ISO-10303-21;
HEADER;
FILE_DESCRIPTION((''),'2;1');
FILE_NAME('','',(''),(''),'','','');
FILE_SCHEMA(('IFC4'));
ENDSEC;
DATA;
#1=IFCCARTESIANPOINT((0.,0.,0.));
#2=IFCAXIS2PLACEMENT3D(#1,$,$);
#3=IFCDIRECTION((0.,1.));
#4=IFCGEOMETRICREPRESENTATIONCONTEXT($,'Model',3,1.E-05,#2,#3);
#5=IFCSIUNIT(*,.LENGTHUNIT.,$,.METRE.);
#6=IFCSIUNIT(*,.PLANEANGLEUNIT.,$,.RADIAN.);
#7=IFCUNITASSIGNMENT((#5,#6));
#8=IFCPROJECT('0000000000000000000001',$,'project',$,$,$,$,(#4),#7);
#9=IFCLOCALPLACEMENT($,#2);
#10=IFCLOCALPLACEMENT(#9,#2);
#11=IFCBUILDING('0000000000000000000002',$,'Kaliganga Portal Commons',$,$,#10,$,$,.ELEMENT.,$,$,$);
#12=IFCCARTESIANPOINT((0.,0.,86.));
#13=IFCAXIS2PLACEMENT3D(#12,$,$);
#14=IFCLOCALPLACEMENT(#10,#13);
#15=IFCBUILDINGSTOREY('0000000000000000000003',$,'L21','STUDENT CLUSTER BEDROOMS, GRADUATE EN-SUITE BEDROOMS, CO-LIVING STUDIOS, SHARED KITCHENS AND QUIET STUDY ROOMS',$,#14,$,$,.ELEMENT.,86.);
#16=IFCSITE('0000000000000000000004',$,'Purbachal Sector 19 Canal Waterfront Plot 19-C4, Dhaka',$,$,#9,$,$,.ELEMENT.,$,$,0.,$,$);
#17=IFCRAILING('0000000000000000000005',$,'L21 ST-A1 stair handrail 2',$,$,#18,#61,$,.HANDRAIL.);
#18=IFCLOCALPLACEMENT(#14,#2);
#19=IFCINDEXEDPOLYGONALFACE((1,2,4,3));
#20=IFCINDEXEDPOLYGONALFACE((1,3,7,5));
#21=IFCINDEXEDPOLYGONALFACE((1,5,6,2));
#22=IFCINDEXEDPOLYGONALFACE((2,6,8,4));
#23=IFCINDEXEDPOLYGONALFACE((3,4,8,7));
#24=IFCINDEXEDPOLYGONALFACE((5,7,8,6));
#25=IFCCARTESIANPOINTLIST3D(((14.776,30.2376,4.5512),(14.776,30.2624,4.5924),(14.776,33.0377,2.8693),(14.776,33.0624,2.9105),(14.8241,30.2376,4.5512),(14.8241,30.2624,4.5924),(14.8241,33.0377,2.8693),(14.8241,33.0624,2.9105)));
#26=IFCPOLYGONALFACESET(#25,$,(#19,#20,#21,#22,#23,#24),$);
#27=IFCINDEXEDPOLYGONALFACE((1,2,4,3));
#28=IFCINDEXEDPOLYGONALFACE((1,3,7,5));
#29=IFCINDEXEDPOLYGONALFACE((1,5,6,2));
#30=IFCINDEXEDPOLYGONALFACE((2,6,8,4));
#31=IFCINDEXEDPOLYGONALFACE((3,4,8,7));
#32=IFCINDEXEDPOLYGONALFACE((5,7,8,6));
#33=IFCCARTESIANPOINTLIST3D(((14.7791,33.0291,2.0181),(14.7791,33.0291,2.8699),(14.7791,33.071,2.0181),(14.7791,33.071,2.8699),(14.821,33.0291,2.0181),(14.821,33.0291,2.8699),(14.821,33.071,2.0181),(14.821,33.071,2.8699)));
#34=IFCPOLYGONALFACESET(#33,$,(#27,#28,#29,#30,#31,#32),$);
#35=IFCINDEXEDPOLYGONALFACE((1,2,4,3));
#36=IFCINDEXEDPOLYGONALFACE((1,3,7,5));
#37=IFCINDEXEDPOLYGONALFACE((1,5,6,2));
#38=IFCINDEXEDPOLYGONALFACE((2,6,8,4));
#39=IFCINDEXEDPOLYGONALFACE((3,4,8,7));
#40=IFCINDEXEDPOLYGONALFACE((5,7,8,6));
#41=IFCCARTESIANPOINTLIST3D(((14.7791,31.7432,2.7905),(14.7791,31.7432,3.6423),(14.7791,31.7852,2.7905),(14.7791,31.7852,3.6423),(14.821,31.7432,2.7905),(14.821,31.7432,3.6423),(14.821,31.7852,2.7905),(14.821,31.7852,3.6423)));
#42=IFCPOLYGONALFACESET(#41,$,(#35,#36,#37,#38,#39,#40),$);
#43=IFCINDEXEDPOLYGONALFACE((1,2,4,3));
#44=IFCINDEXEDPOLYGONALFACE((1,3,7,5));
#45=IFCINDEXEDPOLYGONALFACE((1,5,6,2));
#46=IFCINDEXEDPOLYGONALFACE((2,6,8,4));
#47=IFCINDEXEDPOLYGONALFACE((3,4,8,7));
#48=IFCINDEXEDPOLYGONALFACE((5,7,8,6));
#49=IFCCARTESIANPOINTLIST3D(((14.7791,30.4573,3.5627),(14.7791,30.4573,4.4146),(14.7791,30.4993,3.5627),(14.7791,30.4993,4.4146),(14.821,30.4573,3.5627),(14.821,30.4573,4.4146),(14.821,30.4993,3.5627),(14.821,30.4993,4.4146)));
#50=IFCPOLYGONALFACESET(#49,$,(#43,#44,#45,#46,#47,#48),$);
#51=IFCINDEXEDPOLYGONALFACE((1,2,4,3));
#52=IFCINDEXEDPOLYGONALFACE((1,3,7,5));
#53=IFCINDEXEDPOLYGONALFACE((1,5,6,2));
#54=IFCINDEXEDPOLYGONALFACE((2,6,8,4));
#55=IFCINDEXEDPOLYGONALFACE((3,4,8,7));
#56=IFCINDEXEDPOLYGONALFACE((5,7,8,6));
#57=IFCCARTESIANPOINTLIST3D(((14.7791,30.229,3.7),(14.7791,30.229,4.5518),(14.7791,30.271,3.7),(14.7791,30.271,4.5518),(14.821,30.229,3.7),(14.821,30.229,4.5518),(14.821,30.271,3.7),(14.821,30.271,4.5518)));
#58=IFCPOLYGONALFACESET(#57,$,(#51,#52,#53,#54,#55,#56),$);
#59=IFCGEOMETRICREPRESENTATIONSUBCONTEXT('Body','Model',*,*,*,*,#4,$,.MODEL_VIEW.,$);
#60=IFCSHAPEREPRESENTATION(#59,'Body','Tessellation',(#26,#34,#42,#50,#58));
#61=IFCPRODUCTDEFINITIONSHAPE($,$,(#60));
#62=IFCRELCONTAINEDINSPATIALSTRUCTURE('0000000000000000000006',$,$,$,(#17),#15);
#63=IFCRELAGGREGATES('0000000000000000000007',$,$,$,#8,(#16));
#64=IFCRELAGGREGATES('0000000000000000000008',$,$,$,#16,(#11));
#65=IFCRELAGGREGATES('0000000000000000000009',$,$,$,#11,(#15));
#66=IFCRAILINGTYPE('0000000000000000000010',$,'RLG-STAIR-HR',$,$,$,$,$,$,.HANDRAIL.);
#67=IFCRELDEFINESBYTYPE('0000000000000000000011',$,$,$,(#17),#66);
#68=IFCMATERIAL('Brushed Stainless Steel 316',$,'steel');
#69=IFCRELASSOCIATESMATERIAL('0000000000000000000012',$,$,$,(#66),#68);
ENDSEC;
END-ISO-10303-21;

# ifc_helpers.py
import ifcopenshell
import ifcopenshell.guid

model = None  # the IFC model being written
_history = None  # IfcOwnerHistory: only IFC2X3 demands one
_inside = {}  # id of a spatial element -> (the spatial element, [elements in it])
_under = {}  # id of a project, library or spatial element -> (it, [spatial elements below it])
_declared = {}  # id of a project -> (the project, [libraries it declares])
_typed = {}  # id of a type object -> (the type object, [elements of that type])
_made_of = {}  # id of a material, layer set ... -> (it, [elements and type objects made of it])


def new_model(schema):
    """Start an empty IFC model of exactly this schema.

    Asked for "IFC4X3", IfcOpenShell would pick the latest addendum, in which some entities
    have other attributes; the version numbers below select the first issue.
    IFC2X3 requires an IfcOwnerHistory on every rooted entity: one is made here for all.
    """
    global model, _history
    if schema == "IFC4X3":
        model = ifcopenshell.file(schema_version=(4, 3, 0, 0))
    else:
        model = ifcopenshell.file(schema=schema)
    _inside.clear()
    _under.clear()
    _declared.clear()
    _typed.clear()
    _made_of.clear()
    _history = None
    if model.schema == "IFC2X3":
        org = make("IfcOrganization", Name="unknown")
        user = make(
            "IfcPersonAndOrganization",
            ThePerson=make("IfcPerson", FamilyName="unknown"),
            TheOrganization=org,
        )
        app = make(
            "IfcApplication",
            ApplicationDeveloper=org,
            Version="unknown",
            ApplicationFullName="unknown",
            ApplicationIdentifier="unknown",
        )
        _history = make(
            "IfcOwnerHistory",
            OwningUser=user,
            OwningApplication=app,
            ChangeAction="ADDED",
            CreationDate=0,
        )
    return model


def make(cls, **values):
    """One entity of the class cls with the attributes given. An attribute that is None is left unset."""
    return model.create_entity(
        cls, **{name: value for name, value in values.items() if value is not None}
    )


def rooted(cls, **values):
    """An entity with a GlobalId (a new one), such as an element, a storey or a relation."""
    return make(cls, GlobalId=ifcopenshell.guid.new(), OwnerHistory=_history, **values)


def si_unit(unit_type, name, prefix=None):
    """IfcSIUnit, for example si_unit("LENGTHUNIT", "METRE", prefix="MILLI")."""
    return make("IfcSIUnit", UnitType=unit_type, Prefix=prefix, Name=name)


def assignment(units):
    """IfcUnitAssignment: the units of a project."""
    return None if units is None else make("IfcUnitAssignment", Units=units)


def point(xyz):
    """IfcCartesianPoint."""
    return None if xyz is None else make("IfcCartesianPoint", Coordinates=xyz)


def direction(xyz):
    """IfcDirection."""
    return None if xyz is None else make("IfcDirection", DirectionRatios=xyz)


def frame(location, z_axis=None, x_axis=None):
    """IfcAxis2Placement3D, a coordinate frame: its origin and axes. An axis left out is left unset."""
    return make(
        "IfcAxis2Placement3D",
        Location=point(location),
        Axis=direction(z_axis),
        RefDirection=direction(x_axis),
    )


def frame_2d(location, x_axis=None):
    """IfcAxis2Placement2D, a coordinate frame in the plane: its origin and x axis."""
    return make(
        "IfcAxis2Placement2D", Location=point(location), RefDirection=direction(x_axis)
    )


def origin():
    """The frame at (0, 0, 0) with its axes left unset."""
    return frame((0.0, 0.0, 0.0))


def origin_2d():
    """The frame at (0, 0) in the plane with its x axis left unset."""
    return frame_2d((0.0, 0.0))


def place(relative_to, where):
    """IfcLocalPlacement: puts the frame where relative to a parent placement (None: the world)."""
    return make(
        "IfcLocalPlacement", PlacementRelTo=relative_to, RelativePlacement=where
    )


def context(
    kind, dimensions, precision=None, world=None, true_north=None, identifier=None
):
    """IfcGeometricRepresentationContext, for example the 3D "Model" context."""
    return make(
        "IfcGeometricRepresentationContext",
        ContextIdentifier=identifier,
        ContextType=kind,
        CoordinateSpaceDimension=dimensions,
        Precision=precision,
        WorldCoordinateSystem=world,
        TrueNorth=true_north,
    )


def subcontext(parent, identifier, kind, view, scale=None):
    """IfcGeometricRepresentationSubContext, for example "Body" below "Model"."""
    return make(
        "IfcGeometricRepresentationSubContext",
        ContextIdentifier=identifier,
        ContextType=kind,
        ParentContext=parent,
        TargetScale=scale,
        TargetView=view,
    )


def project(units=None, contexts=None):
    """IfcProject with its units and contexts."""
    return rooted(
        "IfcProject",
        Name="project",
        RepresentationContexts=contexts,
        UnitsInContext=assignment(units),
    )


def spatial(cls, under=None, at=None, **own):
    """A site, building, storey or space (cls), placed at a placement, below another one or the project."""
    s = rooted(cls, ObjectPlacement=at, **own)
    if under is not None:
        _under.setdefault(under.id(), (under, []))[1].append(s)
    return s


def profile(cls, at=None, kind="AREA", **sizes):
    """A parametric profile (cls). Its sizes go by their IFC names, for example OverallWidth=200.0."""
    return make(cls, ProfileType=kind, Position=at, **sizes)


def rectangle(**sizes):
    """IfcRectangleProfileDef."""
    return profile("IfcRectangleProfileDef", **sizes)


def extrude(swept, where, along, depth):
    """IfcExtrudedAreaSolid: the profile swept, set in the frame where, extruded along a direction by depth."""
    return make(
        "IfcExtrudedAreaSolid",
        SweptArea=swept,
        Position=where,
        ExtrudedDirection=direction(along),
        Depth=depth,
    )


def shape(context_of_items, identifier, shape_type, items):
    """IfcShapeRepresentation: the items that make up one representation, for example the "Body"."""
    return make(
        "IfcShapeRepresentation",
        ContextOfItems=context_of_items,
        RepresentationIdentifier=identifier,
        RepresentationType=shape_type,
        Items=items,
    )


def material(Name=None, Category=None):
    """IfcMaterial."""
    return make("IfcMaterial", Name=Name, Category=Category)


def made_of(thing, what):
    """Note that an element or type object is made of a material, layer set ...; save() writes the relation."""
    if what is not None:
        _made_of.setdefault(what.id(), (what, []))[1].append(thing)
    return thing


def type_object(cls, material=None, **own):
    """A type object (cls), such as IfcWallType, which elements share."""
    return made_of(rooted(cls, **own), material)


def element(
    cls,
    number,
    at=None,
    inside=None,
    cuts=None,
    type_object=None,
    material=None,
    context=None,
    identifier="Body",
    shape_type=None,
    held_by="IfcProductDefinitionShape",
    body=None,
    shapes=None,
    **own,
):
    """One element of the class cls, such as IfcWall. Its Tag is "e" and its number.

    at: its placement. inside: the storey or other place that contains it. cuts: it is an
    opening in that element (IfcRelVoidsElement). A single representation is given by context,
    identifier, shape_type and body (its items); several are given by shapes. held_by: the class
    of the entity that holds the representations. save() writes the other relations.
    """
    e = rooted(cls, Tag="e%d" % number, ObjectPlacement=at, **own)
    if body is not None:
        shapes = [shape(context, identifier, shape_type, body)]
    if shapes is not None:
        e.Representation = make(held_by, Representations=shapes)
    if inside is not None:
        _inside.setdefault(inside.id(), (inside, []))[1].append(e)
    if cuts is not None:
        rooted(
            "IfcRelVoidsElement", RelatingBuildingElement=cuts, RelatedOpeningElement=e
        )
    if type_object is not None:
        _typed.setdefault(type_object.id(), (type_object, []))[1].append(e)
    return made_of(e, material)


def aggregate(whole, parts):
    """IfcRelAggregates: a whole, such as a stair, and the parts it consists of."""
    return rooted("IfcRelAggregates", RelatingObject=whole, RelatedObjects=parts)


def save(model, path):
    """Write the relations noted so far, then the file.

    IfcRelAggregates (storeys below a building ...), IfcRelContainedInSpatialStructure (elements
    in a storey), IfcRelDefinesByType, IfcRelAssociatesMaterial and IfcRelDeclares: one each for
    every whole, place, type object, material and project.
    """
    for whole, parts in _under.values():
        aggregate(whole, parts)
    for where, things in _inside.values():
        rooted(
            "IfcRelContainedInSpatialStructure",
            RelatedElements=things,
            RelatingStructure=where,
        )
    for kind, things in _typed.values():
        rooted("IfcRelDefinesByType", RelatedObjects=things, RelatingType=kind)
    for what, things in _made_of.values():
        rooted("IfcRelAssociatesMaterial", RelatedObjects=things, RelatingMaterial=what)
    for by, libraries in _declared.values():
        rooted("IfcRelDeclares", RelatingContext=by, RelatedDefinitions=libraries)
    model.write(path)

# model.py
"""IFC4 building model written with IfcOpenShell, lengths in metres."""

from ifc_helpers import new_model, si_unit, direction, frame, origin, origin_2d, place, context, subcontext, project, spatial, rectangle, extrude, material, type_object, element, save


model = new_model("IFC4")

# Units and contexts
model_context = context("Model", 3, precision=1e-05, world=origin(), true_north=direction((0.0, 1.0)))
body_context = subcontext(model_context, "Body", "Model", "MODEL_VIEW")
ifc_project = project(units=[si_unit("LENGTHUNIT", "METRE"), si_unit("PLANEANGLEUNIT", "RADIAN")], contexts=[model_context])

# Site, building, storey
site_placement = place(None, origin())
site = spatial("IfcSite", under=ifc_project, at=site_placement, Name="Purbachal Sector 19 Canal Waterfront Plot 19-C4, Dhaka", CompositionType="ELEMENT", RefElevation=0.0)
building_placement = place(site_placement, origin())
building = spatial("IfcBuilding", under=site, at=building_placement, Name="Kaliganga Portal Commons", CompositionType="ELEMENT")
storey_placement = place(building_placement, frame((0.0, 0.0, 86.0)))
storey = spatial("IfcBuildingStorey", under=building, at=storey_placement, Name="L21", Description="STUDENT CLUSTER BEDROOMS, GRADUATE EN-SUITE BEDROOMS, CO-LIVING STUDIOS, SHARED KITCHENS AND QUIET STUDY ROOMS", CompositionType="ELEMENT", Elevation=86.0)

# Railing
ifc_material_1 = material(Name="Brushed Stainless Steel 316", Category="steel")
railing_type_1 = type_object("IfcRailingType", Name="RLG-STAIR-HR", PredefinedType="HANDRAIL", material=ifc_material_1)
railing_1_placement = place(storey_placement, frame((14.8, 33.05, 2.0181)))
element("IfcRailing", 1, at=railing_1_placement, inside=storey, type_object=railing_type_1, Name="L21 ST-A1 stair handrail 2", PredefinedType="HANDRAIL", context=body_context, shape_type="SweptSolid", body=[
    extrude(rectangle(XDim=0.0481, YDim=0.0481, at=origin_2d()), frame((0.0, 0.0, 0.8718), z_axis=(0.0, -0.857242, 0.514913), x_axis=(1.0, 0.0, 0.0)), (0.0, 0.0, 1.0), 3.2664),
    extrude(rectangle(XDim=0.042, YDim=0.042, at=origin_2d()), origin(), (0.0, 0.0, 1.0), 0.8518),
    extrude(rectangle(XDim=0.042, YDim=0.042, at=origin_2d()), frame((0.0, -1.2859, 0.7725)), (0.0, 0.0, 1.0), 0.8518),
    extrude(rectangle(XDim=0.042, YDim=0.042, at=origin_2d()), frame((0.0, -2.5718, 1.5447)), (0.0, 0.0, 1.0), 0.8518),
    extrude(rectangle(XDim=0.042, YDim=0.042, at=origin_2d()), frame((0.0, -2.8, 1.6819)), (0.0, 0.0, 1.0), 0.8518),
])

save(model, "model.ifc")
